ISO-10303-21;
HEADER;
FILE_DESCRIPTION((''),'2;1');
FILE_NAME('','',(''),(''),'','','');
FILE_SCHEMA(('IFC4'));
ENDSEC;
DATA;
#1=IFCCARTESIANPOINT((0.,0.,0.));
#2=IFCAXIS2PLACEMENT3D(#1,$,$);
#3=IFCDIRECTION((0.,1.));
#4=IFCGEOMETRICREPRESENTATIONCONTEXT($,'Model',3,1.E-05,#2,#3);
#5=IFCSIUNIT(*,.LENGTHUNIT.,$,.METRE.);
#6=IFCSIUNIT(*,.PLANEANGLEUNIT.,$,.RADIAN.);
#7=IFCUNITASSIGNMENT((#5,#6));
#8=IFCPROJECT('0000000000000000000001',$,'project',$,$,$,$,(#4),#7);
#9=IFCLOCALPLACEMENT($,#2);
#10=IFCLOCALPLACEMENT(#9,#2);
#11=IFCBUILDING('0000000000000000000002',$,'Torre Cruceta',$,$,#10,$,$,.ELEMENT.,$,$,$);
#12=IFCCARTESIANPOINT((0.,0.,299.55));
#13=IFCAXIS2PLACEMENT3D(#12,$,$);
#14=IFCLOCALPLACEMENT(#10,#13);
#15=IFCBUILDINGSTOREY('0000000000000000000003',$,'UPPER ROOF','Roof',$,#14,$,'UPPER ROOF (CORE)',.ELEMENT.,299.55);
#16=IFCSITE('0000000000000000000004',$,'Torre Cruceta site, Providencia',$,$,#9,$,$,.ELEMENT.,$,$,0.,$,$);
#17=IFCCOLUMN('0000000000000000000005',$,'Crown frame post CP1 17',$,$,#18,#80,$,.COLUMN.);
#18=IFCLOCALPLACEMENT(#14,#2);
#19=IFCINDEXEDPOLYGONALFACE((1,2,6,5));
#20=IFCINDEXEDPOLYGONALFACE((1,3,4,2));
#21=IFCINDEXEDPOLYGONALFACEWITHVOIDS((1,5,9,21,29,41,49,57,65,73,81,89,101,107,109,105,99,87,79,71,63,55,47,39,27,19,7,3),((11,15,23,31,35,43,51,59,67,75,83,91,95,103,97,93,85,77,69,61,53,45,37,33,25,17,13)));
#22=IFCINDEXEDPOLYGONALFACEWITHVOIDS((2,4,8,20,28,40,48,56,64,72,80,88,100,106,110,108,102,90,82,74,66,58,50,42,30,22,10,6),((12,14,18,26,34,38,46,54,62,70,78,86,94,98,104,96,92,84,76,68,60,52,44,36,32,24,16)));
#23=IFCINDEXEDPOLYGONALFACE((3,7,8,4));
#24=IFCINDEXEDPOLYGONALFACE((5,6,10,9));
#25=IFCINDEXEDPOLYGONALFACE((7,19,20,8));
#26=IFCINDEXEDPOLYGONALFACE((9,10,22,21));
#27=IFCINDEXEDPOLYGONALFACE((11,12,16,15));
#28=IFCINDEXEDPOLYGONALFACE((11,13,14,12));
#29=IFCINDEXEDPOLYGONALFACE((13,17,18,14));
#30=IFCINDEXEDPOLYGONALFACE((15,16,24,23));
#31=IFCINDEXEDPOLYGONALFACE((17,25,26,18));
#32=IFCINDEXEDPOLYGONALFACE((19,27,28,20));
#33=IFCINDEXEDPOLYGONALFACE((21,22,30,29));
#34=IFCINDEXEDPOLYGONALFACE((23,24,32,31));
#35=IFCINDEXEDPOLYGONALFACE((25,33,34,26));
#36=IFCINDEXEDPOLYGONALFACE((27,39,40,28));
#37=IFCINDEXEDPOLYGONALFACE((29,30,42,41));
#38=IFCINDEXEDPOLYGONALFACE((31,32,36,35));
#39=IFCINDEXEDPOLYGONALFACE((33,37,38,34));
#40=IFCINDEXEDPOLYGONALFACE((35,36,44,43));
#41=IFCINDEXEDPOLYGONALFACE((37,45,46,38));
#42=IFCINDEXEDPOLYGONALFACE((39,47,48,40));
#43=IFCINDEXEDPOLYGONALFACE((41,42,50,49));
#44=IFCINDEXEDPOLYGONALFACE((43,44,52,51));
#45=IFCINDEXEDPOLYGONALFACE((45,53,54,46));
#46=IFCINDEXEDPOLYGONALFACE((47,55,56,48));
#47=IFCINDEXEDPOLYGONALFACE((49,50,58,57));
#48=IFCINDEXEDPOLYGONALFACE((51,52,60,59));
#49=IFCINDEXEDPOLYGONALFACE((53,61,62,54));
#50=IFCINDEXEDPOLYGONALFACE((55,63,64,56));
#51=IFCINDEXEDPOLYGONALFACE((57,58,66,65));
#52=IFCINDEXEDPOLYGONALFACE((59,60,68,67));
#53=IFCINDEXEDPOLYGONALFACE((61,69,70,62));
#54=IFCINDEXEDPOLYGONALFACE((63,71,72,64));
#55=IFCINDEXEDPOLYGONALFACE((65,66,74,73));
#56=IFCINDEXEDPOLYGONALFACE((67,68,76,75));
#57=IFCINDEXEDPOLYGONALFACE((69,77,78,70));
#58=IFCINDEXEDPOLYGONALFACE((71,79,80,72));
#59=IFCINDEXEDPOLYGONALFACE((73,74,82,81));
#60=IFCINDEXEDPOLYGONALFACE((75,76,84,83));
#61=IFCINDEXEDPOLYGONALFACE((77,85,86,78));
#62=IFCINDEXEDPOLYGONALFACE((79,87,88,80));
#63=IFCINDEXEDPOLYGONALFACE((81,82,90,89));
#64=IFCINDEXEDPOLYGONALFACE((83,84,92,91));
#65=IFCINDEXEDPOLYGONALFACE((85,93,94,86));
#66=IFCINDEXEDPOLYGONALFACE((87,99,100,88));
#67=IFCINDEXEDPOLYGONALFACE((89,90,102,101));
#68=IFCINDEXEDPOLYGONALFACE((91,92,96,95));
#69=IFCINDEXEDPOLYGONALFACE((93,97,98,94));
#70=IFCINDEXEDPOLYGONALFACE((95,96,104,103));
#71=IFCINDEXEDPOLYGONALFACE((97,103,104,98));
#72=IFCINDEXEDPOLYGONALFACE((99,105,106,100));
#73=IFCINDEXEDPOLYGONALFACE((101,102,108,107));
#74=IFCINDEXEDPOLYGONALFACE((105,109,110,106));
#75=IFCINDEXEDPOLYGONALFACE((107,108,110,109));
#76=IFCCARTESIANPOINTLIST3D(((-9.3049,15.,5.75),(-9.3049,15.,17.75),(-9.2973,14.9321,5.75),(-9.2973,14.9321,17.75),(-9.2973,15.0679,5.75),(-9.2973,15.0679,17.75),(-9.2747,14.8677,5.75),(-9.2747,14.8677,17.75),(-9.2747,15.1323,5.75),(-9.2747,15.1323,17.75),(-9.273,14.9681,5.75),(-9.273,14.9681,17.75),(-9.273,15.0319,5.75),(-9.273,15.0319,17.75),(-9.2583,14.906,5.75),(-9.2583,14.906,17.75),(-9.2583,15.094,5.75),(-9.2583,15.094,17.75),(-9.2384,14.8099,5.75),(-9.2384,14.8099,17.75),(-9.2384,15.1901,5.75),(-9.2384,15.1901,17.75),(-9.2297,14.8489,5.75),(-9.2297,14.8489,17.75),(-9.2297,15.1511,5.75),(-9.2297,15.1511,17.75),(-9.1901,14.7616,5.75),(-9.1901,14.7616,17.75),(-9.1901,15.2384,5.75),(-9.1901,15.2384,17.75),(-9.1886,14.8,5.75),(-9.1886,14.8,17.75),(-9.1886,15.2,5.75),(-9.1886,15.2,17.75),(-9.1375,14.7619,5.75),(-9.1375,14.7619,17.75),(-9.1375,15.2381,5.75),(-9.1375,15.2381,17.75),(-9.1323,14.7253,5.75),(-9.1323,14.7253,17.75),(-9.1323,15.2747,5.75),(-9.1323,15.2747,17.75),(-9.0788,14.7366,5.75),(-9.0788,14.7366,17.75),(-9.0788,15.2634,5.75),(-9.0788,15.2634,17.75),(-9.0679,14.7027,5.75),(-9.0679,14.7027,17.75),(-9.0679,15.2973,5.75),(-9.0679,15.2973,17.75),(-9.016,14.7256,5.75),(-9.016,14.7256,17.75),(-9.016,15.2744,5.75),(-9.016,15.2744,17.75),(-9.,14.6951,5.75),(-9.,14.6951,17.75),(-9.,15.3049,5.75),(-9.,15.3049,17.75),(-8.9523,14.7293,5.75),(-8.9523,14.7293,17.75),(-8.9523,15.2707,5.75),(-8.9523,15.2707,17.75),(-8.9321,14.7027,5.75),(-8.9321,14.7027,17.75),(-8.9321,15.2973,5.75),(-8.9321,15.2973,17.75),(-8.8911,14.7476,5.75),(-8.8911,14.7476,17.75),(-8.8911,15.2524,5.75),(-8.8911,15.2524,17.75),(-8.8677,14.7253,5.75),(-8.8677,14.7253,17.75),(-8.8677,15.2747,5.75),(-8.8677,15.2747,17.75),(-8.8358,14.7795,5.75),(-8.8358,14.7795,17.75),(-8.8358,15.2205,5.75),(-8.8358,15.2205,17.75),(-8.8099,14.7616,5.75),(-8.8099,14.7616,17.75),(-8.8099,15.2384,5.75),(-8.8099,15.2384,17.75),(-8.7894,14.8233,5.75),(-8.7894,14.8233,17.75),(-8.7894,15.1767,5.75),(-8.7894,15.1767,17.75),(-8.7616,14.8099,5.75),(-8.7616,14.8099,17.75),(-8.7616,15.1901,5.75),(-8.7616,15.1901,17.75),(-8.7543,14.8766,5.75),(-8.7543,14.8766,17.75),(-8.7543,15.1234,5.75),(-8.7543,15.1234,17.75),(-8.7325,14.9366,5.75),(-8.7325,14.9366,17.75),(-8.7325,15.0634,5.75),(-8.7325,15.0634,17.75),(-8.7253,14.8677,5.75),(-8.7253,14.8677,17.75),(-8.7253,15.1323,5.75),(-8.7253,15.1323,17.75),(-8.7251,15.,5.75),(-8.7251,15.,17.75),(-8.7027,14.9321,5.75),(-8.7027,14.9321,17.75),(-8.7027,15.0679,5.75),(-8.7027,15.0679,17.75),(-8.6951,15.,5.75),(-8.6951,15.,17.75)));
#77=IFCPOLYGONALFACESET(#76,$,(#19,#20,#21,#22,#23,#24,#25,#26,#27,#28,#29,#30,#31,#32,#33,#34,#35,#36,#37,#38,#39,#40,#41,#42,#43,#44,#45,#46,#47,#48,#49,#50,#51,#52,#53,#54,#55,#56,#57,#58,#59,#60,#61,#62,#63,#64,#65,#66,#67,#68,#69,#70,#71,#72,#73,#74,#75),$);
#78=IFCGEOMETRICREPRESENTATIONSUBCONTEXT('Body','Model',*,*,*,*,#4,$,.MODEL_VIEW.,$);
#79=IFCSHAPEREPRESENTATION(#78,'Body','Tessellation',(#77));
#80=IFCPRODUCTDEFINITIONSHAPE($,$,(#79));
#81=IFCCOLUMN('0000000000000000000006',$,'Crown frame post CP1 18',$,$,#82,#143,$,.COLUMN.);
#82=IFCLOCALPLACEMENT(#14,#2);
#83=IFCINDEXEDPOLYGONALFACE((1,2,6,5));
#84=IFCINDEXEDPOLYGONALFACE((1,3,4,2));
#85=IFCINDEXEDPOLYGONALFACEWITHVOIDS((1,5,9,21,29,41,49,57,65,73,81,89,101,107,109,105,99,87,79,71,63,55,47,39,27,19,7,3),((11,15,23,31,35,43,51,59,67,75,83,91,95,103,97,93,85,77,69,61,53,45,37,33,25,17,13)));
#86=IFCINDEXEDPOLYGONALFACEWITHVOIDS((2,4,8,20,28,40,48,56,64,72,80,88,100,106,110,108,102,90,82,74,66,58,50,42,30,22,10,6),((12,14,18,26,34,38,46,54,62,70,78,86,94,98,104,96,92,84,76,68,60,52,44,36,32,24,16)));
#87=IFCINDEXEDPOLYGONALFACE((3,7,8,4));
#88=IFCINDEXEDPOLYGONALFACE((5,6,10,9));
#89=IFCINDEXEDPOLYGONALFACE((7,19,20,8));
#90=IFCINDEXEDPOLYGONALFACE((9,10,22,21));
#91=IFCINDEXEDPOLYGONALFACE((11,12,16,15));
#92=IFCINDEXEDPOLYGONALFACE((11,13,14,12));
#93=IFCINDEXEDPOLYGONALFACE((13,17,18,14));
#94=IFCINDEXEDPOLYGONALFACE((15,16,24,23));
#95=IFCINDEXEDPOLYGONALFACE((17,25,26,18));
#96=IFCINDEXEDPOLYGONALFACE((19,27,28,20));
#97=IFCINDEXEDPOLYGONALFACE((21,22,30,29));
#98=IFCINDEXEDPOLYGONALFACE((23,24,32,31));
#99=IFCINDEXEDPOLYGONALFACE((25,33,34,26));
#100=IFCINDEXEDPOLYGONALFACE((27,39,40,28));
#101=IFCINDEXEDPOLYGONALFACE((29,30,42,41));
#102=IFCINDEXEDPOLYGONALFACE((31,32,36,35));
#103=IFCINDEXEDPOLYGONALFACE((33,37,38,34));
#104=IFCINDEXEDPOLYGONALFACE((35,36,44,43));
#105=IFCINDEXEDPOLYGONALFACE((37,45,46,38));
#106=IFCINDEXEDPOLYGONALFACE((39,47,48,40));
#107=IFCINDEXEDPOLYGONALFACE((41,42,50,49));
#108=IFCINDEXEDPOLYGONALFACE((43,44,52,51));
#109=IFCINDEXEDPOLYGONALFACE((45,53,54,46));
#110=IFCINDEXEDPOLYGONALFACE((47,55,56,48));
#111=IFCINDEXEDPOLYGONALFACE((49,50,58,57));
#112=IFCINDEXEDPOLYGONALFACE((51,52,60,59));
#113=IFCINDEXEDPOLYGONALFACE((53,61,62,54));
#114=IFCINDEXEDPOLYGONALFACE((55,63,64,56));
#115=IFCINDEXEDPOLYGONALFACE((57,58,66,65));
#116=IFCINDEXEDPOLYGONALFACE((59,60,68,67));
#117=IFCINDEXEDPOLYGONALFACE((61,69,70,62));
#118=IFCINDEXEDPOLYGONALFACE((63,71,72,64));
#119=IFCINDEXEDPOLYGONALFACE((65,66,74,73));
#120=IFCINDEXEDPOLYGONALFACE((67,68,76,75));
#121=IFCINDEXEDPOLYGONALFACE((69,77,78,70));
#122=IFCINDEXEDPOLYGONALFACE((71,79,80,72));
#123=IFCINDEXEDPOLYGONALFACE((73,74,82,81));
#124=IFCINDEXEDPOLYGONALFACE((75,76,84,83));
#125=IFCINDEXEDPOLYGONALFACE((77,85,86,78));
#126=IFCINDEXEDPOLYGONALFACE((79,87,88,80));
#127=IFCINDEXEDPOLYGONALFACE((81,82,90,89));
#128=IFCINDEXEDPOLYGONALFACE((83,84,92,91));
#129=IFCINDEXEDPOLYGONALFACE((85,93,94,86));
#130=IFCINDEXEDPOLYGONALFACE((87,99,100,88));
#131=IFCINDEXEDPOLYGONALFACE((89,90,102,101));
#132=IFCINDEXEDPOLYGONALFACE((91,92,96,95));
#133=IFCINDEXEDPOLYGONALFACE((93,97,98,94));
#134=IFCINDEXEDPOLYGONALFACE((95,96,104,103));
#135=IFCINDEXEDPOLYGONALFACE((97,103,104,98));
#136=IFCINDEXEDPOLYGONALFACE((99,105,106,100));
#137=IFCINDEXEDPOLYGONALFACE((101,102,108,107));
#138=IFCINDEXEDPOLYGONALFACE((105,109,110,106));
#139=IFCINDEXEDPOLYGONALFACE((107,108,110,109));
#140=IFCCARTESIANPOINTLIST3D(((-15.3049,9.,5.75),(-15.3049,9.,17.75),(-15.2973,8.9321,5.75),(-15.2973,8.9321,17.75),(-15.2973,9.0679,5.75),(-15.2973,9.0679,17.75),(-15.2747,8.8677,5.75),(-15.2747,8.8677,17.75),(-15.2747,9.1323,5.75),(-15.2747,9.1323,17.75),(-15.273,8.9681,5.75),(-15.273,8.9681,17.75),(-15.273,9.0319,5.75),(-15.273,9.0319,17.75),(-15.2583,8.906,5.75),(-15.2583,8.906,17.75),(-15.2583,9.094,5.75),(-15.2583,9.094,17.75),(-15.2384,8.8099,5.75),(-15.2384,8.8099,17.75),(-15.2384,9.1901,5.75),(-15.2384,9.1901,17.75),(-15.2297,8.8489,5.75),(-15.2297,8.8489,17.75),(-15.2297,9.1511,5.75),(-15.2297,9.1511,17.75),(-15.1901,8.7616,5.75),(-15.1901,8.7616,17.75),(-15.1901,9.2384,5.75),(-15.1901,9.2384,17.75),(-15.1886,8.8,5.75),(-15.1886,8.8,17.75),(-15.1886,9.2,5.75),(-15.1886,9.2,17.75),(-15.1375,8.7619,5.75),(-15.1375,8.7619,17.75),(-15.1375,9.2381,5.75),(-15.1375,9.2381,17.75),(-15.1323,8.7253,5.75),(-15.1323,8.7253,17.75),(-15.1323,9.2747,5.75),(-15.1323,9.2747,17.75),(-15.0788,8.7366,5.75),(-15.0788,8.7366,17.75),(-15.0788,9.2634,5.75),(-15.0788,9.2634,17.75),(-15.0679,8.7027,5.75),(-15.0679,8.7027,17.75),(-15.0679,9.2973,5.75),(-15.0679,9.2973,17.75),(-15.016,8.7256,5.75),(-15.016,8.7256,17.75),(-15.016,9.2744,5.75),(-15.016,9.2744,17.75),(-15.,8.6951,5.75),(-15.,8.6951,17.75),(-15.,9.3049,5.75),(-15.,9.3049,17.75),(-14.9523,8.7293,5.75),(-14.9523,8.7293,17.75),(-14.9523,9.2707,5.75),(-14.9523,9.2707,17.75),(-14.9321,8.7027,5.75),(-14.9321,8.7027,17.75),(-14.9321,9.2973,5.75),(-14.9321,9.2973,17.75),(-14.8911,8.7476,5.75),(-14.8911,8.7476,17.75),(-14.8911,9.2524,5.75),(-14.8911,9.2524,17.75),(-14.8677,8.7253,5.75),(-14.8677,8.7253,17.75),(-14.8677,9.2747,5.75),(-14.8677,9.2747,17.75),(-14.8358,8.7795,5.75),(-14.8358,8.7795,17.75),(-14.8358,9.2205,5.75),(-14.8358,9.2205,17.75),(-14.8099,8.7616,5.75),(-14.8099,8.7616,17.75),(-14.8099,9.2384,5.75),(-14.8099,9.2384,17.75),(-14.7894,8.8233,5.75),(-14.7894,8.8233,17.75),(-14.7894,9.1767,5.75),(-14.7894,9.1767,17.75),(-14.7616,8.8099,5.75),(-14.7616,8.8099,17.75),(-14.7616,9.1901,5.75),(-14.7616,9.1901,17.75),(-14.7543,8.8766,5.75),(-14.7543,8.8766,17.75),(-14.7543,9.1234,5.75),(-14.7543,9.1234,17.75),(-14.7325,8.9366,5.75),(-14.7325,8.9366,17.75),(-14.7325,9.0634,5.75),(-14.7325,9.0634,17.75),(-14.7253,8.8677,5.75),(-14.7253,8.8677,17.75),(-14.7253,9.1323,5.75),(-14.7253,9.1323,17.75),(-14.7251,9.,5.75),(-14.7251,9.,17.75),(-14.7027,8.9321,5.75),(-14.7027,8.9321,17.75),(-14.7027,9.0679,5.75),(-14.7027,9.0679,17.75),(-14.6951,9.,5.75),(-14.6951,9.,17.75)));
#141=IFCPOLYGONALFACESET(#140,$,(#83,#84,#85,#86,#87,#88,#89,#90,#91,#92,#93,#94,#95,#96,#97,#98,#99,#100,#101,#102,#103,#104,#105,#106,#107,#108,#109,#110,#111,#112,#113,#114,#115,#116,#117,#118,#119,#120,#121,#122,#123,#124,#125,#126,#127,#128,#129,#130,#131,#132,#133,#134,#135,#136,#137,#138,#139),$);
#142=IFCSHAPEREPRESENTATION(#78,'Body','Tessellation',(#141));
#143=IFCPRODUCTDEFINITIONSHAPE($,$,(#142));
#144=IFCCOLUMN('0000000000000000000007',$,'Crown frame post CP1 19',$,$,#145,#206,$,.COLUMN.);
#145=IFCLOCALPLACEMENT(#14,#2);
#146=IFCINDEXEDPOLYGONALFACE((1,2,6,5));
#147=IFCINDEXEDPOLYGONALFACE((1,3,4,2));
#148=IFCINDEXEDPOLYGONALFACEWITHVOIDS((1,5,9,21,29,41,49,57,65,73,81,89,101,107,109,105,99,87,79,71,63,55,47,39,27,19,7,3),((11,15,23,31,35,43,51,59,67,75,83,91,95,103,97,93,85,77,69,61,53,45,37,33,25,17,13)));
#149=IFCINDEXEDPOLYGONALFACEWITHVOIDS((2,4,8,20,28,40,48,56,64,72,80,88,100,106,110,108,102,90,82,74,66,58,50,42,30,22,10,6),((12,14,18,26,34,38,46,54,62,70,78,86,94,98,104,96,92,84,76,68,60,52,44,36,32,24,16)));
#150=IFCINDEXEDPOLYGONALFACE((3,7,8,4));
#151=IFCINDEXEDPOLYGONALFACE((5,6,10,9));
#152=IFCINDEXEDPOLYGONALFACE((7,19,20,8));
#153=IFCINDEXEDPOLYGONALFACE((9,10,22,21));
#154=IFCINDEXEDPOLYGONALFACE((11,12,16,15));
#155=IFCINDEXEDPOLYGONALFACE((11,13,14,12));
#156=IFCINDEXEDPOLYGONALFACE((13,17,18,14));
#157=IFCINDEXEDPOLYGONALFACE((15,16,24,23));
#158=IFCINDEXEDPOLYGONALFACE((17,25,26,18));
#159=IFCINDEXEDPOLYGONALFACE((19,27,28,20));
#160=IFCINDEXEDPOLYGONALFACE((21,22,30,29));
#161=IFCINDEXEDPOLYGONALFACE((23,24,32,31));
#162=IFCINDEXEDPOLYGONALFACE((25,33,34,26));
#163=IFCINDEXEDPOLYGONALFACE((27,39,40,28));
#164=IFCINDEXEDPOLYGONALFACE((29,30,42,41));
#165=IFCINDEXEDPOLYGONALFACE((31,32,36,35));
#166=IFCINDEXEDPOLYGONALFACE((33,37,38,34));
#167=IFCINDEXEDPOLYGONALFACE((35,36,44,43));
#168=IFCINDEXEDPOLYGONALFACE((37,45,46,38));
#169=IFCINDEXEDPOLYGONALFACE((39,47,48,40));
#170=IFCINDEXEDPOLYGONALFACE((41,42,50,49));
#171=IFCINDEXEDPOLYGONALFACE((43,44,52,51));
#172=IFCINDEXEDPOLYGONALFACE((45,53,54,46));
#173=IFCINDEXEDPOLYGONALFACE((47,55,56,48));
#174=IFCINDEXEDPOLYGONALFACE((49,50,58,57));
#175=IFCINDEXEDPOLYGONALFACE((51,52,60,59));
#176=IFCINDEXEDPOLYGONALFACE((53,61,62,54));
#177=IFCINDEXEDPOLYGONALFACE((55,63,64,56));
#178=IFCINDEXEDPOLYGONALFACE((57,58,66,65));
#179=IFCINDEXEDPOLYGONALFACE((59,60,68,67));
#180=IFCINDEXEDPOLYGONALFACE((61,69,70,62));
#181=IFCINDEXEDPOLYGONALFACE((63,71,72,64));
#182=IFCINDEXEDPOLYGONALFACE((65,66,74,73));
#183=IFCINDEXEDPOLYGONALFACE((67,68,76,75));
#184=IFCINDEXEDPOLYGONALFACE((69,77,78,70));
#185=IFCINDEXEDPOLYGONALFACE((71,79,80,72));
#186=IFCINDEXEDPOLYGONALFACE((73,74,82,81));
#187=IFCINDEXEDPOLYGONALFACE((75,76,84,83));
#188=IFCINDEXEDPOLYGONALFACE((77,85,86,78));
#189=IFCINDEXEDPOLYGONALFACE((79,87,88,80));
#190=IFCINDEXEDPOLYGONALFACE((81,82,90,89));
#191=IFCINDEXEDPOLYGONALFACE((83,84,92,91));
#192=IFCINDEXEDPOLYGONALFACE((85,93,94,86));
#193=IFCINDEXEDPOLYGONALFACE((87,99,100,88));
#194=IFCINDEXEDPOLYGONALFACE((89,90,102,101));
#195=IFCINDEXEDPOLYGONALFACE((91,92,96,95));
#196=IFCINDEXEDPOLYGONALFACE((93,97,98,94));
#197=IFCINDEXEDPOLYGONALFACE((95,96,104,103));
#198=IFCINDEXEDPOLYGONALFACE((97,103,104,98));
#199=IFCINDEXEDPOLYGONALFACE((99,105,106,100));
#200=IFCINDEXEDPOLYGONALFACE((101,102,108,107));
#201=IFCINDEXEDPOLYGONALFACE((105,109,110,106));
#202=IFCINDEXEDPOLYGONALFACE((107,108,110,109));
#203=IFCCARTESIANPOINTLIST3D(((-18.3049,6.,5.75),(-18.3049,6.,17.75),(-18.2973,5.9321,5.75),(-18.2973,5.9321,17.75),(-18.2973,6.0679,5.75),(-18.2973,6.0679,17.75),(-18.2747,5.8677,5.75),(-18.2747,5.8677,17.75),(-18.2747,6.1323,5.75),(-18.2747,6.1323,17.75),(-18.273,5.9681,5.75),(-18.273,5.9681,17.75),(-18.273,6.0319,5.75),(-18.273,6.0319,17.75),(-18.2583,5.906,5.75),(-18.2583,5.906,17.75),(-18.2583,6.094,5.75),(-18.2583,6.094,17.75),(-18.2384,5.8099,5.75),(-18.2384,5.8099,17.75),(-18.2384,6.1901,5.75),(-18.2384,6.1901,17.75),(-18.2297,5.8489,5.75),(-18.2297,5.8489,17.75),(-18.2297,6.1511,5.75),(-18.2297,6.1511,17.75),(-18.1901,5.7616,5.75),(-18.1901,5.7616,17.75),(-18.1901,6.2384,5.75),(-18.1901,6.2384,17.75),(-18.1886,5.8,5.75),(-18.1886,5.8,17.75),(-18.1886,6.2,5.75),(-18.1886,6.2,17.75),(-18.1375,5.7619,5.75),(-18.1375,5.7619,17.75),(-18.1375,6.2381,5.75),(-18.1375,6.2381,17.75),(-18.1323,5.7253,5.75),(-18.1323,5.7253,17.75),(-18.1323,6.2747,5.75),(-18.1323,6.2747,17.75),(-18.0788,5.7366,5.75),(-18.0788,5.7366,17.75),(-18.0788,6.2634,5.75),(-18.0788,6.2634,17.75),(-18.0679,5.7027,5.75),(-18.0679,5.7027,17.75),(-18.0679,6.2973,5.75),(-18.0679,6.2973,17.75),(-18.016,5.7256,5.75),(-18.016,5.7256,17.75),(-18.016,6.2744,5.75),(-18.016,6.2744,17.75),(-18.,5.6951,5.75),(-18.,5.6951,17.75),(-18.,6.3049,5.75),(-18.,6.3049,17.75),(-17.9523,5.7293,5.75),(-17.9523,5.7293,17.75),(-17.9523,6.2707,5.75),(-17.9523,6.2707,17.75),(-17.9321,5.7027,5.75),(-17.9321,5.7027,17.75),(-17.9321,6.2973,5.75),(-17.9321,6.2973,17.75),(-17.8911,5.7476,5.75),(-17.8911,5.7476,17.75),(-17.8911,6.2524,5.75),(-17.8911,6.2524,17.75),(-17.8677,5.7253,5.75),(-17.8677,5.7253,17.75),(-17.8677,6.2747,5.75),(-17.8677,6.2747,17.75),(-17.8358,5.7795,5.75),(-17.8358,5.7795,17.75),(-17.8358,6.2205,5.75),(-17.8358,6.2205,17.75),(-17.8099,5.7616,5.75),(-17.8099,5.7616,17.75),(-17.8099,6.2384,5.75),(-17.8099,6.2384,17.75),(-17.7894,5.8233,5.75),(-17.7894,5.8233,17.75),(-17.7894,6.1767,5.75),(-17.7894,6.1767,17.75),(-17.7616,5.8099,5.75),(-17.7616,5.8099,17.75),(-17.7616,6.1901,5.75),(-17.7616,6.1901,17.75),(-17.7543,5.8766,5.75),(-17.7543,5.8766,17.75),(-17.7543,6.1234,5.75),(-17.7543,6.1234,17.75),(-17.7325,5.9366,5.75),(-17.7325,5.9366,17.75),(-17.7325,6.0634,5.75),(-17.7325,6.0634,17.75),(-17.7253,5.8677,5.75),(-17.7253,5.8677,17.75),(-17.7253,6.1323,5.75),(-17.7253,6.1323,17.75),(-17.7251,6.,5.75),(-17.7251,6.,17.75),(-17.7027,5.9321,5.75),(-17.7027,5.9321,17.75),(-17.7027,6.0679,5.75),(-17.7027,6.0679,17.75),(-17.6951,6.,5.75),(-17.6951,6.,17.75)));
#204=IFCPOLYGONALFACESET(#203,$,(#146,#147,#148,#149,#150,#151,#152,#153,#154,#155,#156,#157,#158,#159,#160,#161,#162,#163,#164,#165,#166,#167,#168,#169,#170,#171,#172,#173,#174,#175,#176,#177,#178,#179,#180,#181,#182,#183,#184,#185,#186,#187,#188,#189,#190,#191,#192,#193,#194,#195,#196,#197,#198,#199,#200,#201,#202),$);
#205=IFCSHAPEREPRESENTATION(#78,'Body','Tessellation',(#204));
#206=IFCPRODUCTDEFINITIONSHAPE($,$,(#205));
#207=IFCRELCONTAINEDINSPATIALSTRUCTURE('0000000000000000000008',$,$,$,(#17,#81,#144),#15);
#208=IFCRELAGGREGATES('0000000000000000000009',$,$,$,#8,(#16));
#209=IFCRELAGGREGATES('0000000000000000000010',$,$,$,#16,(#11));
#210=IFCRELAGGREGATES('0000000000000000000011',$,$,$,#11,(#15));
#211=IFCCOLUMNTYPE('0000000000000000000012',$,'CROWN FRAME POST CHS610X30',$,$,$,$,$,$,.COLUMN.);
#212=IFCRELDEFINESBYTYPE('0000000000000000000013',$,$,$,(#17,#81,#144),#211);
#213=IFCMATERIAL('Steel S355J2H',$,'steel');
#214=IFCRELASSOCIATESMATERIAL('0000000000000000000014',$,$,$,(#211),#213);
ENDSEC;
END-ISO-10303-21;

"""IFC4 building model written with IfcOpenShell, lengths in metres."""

from ifc_helpers import new_model, si_unit, direction, frame, origin, origin_2d, place, context, subcontext, project, spatial, hollow_circle, extrude, material, material_profile, profile_set, type_object, element, save


model = new_model("IFC4")

# Units and contexts
model_context = context("Model", 3, precision=1e-05, world=origin(), true_north=direction((0.0, 1.0)))
body_context = subcontext(model_context, "Body", "Model", "MODEL_VIEW")
ifc_project = project(units=[si_unit("LENGTHUNIT", "METRE"), si_unit("PLANEANGLEUNIT", "RADIAN")], contexts=[model_context])

# Site, building, storey
site_placement = place(None, origin())
site = spatial("IfcSite", under=ifc_project, at=site_placement, Name="Torre Cruceta site, Providencia", CompositionType="ELEMENT", RefElevation=0.0)
building_placement = place(site_placement, origin())
building = spatial("IfcBuilding", under=site, at=building_placement, Name="Torre Cruceta", CompositionType="ELEMENT")
storey_placement = place(building_placement, frame((0.0, 0.0, 299.55)))
storey = spatial("IfcBuildingStorey", under=building, at=storey_placement, Name="UPPER ROOF", Description="Roof", LongName="UPPER ROOF (CORE)", CompositionType="ELEMENT", Elevation=299.55)

# Columns
ifc_material_1 = material(Name="Steel S355J2H", Category="steel")
ifc_material_profile_1 = material_profile(ifc_material_1, hollow_circle(Radius=0.3049, WallThickness=0.03, at=origin_2d()), Name="CHS610X30")
ifc_profile_set_1 = profile_set([ifc_material_profile_1], Name="Steel S355J2H")
column_type_1 = type_object("IfcColumnType", Name="CROWN FRAME POST CHS610X30", PredefinedType="COLUMN", material=ifc_profile_set_1)
for number, where, z_axis, x_axis, name in (
    (1, (-9.0, 15.0, 5.75), (0.0, 0.0, 1.0), (1.0, 0.0, 0.0), "Crown frame post CP1 17"),
    (2, (-15.0, 9.0, 5.75), (0.0, 0.0, 1.0), (1.0, 0.0, 0.0), "Crown frame post CP1 18"),
    (3, (-18.0, 6.0, 5.75), (0.0, 0.0, 1.0), (1.0, 0.0, 0.0), "Crown frame post CP1 19"),
):
    element("IfcColumn", number, at=place(storey_placement, frame(where, z_axis=z_axis, x_axis=x_axis)), inside=storey, type_object=column_type_1, Name=name, PredefinedType="COLUMN", context=body_context, shape_type="SweptSolid", body=[
        extrude(hollow_circle(Radius=0.3049, WallThickness=0.03, at=origin_2d()), origin(), (0.0, 0.0, 1.0), 12.0),
    ])

save(model, "model.ifc")
